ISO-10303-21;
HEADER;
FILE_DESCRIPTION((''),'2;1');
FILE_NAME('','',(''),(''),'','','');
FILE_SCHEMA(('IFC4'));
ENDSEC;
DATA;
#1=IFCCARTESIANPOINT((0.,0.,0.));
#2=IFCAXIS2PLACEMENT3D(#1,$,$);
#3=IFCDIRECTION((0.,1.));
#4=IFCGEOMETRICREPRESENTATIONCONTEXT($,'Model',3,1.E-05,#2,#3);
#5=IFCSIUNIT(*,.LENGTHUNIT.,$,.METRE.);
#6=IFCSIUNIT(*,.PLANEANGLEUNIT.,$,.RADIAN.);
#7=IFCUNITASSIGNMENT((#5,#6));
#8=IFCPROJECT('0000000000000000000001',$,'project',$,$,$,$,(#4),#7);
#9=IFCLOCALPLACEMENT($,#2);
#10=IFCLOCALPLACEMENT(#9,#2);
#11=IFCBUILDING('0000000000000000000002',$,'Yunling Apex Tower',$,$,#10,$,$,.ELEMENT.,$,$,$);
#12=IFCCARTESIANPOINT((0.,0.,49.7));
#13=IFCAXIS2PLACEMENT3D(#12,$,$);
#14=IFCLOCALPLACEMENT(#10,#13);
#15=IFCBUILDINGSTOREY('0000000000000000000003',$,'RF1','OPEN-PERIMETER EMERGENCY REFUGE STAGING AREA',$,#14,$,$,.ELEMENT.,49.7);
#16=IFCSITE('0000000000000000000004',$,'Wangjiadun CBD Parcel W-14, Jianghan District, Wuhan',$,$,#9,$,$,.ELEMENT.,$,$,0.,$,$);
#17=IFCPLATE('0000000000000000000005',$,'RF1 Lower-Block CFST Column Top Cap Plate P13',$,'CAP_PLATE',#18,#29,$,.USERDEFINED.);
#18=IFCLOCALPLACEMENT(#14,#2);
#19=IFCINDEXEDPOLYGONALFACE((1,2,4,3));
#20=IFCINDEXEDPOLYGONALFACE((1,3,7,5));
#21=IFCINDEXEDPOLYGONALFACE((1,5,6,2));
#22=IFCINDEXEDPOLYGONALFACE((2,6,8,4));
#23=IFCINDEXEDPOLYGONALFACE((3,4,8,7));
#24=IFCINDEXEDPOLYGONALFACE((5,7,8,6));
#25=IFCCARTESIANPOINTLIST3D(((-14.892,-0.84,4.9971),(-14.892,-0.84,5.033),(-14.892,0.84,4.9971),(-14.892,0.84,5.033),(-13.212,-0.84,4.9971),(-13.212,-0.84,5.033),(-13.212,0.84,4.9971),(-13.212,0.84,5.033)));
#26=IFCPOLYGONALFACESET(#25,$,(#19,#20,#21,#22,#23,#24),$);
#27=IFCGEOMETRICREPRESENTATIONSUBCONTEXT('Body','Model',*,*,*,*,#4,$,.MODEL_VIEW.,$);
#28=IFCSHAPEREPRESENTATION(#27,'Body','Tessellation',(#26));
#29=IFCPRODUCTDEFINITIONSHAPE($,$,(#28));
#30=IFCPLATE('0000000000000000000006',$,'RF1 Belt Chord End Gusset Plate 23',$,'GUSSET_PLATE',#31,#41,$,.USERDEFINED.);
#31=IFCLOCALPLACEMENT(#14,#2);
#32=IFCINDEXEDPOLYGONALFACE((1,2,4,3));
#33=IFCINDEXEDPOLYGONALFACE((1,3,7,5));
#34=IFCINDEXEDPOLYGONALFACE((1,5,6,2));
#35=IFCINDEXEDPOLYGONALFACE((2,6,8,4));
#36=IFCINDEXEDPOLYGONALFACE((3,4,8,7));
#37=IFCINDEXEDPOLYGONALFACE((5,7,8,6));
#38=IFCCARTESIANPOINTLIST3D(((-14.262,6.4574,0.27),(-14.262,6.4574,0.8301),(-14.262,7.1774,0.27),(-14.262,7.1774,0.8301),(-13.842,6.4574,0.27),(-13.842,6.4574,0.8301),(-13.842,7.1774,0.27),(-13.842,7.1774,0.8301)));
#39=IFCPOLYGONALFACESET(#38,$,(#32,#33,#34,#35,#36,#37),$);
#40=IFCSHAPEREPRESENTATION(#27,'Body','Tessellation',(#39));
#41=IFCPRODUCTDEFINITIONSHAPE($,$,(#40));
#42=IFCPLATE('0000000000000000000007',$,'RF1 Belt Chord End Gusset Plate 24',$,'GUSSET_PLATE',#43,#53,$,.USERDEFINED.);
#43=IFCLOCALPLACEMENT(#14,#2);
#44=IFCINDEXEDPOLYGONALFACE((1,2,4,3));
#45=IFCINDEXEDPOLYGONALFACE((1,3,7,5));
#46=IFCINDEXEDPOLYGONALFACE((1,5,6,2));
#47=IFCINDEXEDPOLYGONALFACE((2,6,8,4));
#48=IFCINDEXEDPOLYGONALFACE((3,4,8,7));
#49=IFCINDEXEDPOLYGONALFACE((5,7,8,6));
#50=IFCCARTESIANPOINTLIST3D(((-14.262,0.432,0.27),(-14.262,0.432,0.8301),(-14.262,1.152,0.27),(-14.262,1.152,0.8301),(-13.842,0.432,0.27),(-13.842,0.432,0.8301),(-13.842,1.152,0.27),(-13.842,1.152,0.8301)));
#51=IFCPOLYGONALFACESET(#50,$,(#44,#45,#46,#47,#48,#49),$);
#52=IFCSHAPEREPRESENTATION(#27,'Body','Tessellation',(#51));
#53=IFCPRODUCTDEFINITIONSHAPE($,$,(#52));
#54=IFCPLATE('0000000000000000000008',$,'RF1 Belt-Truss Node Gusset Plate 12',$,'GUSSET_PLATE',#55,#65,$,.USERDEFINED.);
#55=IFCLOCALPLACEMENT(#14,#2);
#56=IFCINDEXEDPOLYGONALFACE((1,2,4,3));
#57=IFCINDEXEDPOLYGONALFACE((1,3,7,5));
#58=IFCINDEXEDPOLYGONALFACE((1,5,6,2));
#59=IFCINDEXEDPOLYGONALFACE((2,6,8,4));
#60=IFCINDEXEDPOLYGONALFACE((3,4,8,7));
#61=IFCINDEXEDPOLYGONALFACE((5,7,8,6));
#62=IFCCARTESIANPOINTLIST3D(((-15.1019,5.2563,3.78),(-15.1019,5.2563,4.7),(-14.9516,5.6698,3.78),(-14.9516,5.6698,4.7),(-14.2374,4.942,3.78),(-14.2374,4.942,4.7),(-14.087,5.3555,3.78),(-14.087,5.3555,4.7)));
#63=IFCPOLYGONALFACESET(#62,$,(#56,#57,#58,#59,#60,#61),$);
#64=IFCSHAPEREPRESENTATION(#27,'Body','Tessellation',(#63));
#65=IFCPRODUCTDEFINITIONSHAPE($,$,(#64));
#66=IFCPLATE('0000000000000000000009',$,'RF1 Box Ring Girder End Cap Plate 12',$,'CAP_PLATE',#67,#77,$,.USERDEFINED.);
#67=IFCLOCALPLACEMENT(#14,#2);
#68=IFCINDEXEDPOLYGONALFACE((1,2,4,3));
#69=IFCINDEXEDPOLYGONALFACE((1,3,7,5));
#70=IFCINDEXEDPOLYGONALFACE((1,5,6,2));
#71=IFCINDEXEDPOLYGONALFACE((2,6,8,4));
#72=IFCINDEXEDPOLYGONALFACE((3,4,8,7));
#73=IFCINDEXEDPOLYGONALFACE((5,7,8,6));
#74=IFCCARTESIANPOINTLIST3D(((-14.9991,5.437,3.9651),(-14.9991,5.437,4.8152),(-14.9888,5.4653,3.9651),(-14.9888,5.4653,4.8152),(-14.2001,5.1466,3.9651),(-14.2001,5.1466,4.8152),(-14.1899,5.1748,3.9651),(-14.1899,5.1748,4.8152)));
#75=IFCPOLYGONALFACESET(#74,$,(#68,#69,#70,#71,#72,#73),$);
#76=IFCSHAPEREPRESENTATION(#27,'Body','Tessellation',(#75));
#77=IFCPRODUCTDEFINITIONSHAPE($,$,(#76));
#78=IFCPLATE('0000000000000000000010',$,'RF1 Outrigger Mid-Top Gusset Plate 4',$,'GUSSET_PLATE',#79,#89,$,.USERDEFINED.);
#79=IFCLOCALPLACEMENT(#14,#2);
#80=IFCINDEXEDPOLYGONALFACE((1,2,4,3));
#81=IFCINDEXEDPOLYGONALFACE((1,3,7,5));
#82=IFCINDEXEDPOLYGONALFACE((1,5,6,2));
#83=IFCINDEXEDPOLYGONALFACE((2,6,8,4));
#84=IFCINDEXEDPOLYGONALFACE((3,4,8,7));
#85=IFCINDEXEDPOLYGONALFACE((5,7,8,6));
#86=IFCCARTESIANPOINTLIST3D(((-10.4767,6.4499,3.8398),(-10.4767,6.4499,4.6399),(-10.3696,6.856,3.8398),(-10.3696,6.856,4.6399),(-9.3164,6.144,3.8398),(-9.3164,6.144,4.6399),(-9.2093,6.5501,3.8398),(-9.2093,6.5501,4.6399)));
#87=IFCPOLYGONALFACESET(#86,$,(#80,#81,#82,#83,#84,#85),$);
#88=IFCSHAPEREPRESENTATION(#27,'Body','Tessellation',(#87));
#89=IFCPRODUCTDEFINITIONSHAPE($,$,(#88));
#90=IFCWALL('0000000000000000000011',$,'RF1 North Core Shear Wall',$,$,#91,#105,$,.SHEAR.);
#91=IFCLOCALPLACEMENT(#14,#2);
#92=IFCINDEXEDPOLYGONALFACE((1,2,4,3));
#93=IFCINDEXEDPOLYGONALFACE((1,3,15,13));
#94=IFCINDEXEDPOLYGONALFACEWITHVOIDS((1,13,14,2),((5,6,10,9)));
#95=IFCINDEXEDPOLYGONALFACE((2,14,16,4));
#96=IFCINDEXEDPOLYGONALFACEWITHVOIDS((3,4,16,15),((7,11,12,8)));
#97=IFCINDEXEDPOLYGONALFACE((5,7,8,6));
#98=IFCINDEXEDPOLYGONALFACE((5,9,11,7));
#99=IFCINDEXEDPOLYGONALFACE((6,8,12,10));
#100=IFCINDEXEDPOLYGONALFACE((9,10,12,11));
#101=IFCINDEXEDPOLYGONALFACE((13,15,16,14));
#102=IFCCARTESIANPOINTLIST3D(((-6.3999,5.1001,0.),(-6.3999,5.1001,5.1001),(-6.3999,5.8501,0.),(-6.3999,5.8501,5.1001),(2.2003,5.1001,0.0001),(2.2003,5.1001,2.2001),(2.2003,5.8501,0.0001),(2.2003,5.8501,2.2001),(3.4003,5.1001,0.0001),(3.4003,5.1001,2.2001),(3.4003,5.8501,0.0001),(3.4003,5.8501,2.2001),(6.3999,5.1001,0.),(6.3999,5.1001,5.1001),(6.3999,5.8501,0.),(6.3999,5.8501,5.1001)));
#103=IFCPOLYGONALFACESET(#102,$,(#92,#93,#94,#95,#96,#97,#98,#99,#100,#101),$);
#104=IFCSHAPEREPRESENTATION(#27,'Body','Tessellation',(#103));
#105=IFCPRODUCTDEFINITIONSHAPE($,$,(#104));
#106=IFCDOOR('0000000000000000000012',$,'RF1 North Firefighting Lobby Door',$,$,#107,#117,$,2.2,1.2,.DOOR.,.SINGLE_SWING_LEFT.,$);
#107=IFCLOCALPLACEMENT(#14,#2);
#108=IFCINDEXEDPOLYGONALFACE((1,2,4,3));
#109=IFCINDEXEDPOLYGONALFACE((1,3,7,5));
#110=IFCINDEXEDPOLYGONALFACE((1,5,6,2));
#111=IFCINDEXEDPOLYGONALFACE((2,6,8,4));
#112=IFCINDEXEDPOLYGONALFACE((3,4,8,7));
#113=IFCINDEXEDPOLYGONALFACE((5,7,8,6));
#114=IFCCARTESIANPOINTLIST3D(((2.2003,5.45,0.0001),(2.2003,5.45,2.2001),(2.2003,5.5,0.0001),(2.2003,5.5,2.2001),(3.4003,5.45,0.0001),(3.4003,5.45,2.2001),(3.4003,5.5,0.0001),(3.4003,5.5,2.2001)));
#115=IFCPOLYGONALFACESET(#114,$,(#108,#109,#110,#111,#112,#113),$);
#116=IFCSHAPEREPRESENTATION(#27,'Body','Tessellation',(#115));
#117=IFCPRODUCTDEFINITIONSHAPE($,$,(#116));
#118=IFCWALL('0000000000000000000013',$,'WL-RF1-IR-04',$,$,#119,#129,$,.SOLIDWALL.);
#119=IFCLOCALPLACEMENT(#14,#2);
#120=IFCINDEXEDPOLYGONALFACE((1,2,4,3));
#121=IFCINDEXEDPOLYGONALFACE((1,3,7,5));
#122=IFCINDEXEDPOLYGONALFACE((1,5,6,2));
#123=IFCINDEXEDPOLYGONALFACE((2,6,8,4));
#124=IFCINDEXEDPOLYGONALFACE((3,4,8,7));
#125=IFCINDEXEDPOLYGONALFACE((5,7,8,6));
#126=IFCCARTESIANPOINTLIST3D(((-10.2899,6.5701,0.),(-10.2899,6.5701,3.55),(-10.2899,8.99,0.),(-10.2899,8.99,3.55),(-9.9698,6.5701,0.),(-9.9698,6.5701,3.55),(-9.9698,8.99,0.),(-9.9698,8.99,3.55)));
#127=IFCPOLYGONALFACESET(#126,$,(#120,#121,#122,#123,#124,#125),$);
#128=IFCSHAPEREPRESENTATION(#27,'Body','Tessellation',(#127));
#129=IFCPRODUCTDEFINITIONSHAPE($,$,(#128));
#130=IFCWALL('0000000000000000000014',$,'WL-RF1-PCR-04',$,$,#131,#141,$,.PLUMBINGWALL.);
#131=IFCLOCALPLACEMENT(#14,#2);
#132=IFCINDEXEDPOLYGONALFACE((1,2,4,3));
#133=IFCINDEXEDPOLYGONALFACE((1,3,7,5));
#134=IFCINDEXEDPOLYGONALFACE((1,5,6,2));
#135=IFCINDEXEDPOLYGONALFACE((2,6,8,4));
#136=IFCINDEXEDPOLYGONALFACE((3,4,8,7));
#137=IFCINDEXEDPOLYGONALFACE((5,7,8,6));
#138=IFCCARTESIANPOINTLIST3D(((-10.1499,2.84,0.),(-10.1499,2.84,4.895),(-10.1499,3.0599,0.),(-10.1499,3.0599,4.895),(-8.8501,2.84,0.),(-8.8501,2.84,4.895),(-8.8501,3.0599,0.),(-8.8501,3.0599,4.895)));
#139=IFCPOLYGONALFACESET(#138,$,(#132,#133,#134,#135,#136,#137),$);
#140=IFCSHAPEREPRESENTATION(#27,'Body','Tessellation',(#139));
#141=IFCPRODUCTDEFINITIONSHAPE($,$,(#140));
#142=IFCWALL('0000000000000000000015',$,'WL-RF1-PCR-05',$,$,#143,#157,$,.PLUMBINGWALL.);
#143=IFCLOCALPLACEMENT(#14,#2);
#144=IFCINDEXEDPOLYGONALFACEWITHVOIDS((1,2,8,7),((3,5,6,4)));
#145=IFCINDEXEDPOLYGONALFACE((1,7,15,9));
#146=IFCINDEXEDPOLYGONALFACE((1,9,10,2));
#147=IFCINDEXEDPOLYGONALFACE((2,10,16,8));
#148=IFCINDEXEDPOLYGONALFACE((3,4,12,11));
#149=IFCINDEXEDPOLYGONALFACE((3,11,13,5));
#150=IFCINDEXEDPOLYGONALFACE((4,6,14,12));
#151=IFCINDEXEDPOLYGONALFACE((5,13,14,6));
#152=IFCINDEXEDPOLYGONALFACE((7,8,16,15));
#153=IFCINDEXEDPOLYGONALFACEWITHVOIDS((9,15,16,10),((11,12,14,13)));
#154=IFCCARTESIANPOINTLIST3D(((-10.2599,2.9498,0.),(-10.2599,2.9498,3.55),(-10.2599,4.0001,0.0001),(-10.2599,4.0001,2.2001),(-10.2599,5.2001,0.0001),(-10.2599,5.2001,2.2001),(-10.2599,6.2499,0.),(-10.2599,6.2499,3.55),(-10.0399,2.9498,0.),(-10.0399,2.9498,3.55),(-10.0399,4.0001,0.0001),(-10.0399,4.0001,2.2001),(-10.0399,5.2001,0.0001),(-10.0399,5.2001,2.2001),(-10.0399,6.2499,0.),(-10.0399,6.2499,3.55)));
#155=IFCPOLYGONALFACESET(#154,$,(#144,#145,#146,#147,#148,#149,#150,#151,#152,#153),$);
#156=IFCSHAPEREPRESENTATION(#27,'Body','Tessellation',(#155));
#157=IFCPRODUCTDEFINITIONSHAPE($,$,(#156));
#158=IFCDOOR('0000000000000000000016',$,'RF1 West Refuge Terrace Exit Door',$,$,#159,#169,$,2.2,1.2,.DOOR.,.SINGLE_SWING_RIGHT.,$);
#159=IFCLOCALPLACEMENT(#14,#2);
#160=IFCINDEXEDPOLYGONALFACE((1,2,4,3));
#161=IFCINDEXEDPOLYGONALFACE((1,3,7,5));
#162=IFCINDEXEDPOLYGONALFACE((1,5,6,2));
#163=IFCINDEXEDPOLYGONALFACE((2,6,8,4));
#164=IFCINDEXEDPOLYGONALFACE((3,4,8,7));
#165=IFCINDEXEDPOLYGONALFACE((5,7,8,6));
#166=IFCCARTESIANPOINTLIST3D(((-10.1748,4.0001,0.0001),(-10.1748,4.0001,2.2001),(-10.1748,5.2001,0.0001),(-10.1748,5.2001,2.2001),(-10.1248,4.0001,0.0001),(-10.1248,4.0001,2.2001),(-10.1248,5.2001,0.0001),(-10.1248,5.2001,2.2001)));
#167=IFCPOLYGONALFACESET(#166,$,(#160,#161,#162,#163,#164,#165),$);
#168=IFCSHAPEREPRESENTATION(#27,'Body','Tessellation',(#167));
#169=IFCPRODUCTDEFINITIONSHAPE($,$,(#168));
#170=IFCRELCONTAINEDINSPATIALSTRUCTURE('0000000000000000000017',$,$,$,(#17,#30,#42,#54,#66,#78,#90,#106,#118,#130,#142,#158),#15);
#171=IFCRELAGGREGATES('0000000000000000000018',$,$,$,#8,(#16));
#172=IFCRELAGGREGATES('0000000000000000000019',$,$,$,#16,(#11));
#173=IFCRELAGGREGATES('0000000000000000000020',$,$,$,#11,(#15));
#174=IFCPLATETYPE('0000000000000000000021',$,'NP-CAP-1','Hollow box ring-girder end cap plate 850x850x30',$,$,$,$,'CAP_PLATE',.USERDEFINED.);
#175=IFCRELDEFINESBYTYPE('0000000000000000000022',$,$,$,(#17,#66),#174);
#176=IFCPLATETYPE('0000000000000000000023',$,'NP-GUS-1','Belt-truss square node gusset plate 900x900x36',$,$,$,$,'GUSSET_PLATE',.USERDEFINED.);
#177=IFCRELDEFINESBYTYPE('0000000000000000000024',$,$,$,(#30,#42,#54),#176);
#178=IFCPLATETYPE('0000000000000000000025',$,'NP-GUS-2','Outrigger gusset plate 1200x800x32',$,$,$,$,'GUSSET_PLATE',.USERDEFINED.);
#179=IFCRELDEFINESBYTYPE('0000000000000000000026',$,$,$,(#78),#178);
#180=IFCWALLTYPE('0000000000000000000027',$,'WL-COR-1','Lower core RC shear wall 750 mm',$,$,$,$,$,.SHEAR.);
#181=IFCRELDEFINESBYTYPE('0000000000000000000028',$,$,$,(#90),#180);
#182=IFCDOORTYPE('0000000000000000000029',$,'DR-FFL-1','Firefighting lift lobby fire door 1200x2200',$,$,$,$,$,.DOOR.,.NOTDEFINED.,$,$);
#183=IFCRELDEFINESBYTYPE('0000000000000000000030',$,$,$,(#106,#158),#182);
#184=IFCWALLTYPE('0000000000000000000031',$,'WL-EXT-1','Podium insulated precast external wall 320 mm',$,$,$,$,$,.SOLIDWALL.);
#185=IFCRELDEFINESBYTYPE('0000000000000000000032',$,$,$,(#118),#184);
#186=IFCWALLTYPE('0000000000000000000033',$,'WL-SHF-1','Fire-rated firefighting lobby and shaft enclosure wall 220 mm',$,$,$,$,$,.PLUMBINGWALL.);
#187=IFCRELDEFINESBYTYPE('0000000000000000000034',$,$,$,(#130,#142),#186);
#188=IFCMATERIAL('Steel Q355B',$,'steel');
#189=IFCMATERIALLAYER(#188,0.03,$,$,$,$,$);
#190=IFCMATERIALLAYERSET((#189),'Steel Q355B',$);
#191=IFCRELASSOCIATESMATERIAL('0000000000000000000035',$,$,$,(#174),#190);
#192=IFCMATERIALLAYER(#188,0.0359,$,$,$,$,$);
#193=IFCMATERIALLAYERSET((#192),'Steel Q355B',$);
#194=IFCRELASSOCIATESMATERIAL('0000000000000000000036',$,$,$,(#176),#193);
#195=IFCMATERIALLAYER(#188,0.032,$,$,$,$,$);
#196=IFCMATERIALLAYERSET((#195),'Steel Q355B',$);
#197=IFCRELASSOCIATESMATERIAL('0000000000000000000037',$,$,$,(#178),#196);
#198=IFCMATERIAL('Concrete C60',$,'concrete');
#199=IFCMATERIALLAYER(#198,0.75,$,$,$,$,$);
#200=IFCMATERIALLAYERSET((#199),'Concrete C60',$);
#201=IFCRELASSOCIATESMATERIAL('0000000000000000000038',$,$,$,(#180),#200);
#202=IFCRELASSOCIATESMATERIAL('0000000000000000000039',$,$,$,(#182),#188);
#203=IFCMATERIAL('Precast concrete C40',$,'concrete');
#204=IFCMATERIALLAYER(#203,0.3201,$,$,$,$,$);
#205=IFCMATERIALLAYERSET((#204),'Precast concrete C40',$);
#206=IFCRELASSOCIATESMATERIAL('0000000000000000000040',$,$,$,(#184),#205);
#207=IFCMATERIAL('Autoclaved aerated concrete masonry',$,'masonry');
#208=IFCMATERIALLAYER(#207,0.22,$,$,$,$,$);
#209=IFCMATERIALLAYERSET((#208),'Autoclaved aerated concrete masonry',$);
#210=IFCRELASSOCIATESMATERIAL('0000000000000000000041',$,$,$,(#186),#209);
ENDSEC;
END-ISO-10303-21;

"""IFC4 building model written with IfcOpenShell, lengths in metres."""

from ifc_helpers import new_model, si_unit, direction, frame, frame_2d, origin, origin_2d, place, context, subcontext, project, spatial, rectangle, extrude, source, transform, mapped, material, layer, layer_set, type_object, element, fill, save


model = new_model("IFC4")

# Units and contexts
model_context = context("Model", 3, precision=1e-05, world=origin(), true_north=direction((0.0, 1.0)))
body_context = subcontext(model_context, "Body", "Model", "MODEL_VIEW")
ifc_project = project(units=[si_unit("LENGTHUNIT", "METRE"), si_unit("PLANEANGLEUNIT", "RADIAN")], contexts=[model_context])

# Site, building, storey
site_placement = place(None, origin())
site = spatial("IfcSite", under=ifc_project, at=site_placement, Name="Wangjiadun CBD Parcel W-14, Jianghan District, Wuhan", CompositionType="ELEMENT", RefElevation=0.0)
building_placement = place(site_placement, origin())
building = spatial("IfcBuilding", under=site, at=building_placement, Name="Yunling Apex Tower", CompositionType="ELEMENT")
storey_placement = place(building_placement, frame((0.0, 0.0, 49.7)))
storey = spatial("IfcBuildingStorey", under=building, at=storey_placement, Name="RF1", Description="OPEN-PERIMETER EMERGENCY REFUGE STAGING AREA", CompositionType="ELEMENT", Elevation=49.7)

# Shared definitions
ifc_material_1 = material(Name="Steel Q355B", Category="steel")

# Plates
ifc_layer_1 = layer(ifc_material_1, 0.03)
ifc_layer_set_1 = layer_set([ifc_layer_1], Name="Steel Q355B")
plate_type_1 = type_object("IfcPlateType", Name="NP-CAP-1", Description="Hollow box ring-girder end cap plate 850x850x30", ElementType="CAP_PLATE", PredefinedType="USERDEFINED", material=ifc_layer_set_1)
shared_shape_1 = source(origin(), body_context, "Body", "SweptSolid", [
    extrude(rectangle(XDim=1.6799, YDim=1.6799, at=origin_2d()), origin(), (0.0, 0.0, 1.0), 0.0359),
])
plate_1_placement = place(storey_placement, frame((-14.052, 0.0, 4.9971), z_axis=(0.0, 0.0, 1.0), x_axis=(1.0, 0.0, 0.0)))
element("IfcPlate", 1, at=plate_1_placement, inside=storey, type_object=plate_type_1, Name="RF1 Lower-Block CFST Column Top Cap Plate P13", ObjectType="CAP_PLATE", PredefinedType="USERDEFINED", context=body_context, shape_type="MappedRepresentation", body=[
    mapped(shared_shape_1, transform((0.0, 0.0, 0.0), scale=1.0)),
])
ifc_layer_2 = layer(ifc_material_1, 0.0359)
ifc_layer_set_2 = layer_set([ifc_layer_2], Name="Steel Q355B")
plate_type_2 = type_object("IfcPlateType", Name="NP-GUS-1", Description="Belt-truss square node gusset plate 900x900x36", ElementType="GUSSET_PLATE", PredefinedType="USERDEFINED", material=ifc_layer_set_2)
shared_shape_2 = source(origin(), body_context, "Body", "SweptSolid", [
    extrude(rectangle(XDim=0.72, YDim=0.4199, at=origin_2d()), origin(), (0.0, 0.0, 1.0), 0.5601),
])
for number, where, z_axis, x_axis, name in (
    (2, (-14.052, 6.8174, 0.27), (0.0, 0.0, 1.0), (0.0, -1.0, 0.0), "RF1 Belt Chord End Gusset Plate 23"),
    (3, (-14.052, 0.792, 0.27), (0.0, 0.0, 1.0), (0.0, -1.0, 0.0), "RF1 Belt Chord End Gusset Plate 24"),
):
    element("IfcPlate", number, at=place(storey_placement, frame(where, z_axis=z_axis, x_axis=x_axis)), inside=storey, type_object=plate_type_2, Name=name, ObjectType="GUSSET_PLATE", PredefinedType="USERDEFINED", context=body_context, shape_type="MappedRepresentation", body=[
        mapped(shared_shape_2, transform((0.0, 0.0, 0.0), scale=1.0)),
    ])
shared_shape_3 = source(origin(), body_context, "Body", "SweptSolid", [
    extrude(rectangle(XDim=0.9199, YDim=0.4399, at=origin_2d()), origin(), (0.0, 0.0, 1.0), 0.9199),
])
plate_2_placement = place(storey_placement, frame((-14.5945, 5.3059, 3.78), z_axis=(0.0, 0.0, 1.0), x_axis=(-0.939812, 0.341692, 0.0)))
element("IfcPlate", 4, at=plate_2_placement, inside=storey, type_object=plate_type_2, Name="RF1 Belt-Truss Node Gusset Plate 12", ObjectType="GUSSET_PLATE", PredefinedType="USERDEFINED", context=body_context, shape_type="MappedRepresentation", body=[
    mapped(shared_shape_3, transform((0.0, 0.0, 0.0), scale=1.0)),
])
shared_shape_4 = source(origin(), body_context, "Body", "SweptSolid", [
    extrude(rectangle(XDim=0.8501, YDim=0.03, at=origin_2d()), origin(), (0.0, 0.0, 1.0), 0.8501),
])
plate_3_placement = place(storey_placement, frame((-14.5945, 5.3059, 3.9651), z_axis=(0.0, 0.0, 1.0), x_axis=(-0.939812, 0.341692, 0.0)))
element("IfcPlate", 5, at=plate_3_placement, inside=storey, type_object=plate_type_1, Name="RF1 Box Ring Girder End Cap Plate 12", ObjectType="CAP_PLATE", PredefinedType="USERDEFINED", context=body_context, shape_type="MappedRepresentation", body=[
    mapped(shared_shape_4, transform((0.0, 0.0, 0.0), scale=1.0)),
])
ifc_layer_3 = layer(ifc_material_1, 0.032)
ifc_layer_set_3 = layer_set([ifc_layer_3], Name="Steel Q355B")
plate_type_3 = type_object("IfcPlateType", Name="NP-GUS-2", Description="Outrigger gusset plate 1200x800x32", ElementType="GUSSET_PLATE", PredefinedType="USERDEFINED", material=ifc_layer_set_3)
shared_shape_5 = source(origin(), body_context, "Body", "SweptSolid", [
    extrude(rectangle(XDim=1.2, YDim=0.4199, at=origin_2d()), origin(), (0.0, 0.0, 1.0), 0.8),
])
plate_4_placement = place(storey_placement, frame((-9.843, 6.5, 3.8398), z_axis=(0.0, 0.0, 1.0), x_axis=(-0.966957, 0.254939, 0.0)))
element("IfcPlate", 6, at=plate_4_placement, inside=storey, type_object=plate_type_3, Name="RF1 Outrigger Mid-Top Gusset Plate 4", ObjectType="GUSSET_PLATE", PredefinedType="USERDEFINED", context=body_context, shape_type="MappedRepresentation", body=[
    mapped(shared_shape_5, transform((0.0, 0.0, 0.0), scale=1.0)),
])

# Wall, opening, door
ifc_material_2 = material(Name="Concrete C60", Category="concrete")
ifc_layer_4 = layer(ifc_material_2, 0.75)
ifc_layer_set_4 = layer_set([ifc_layer_4], Name="Concrete C60")
wall_type_1 = type_object("IfcWallType", Name="WL-COR-1", Description="Lower core RC shear wall 750 mm", PredefinedType="SHEAR", material=ifc_layer_set_4)
wall_1_placement = place(storey_placement, frame((-6.3999, 5.4751, 0.0), z_axis=(0.0, 0.0, 1.0), x_axis=(1.0, 0.0, 0.0)))
wall_1 = element("IfcWall", 7, at=wall_1_placement, inside=storey, type_object=wall_type_1, Name="RF1 North Core Shear Wall", PredefinedType="SHEAR", context=body_context, shape_type="SweptSolid", body=[
    extrude(rectangle(XDim=12.7998, YDim=0.75, at=frame_2d((6.3999, 0.0))), origin(), (0.0, 0.0, 1.0), 5.1001),
])
opening_1_placement = place(wall_1_placement, frame((8.6001, 0.0, 0.0)))
opening_1 = element("IfcOpeningElement", 8, at=opening_1_placement, cuts=wall_1, PredefinedType="OPENING", context=body_context, shape_type="SweptSolid", body=[
    extrude(rectangle(XDim=1.2, YDim=2.2, at=frame_2d((0.6001, 1.1001))), frame((0.0, 0.385, 0.0), z_axis=(0.0, -1.0, 0.0), x_axis=(1.0, 0.0, 0.0)), (0.0, 0.0, 1.0), 0.77),
])
door_type = type_object("IfcDoorType", Name="DR-FFL-1", Description="Firefighting lift lobby fire door 1200x2200", OperationType="NOTDEFINED", PredefinedType="DOOR", material=ifc_material_1)
door_1_placement = place(opening_1_placement, origin())
door_1 = element("IfcDoor", 9, at=door_1_placement, inside=storey, type_object=door_type, Name="RF1 North Firefighting Lobby Door", OperationType="SINGLE_SWING_LEFT", OverallHeight=2.2, OverallWidth=1.2, PredefinedType="DOOR", context=body_context, shape_type="SweptSolid", body=[
    extrude(rectangle(XDim=1.2, YDim=2.2, at=frame_2d((0.6001, 1.1001))), frame((0.0, 0.0249, 0.0), z_axis=(0.0, -1.0, 0.0), x_axis=(1.0, 0.0, 0.0)), (0.0, 0.0, 1.0), 0.05),
])
fill(opening_1, door_1)

# Walls
ifc_material_3 = material(Name="Precast concrete C40", Category="concrete")
ifc_layer_5 = layer(ifc_material_3, 0.3201)
ifc_layer_set_5 = layer_set([ifc_layer_5], Name="Precast concrete C40")
wall_type_2 = type_object("IfcWallType", Name="WL-EXT-1", Description="Podium insulated precast external wall 320 mm", PredefinedType="SOLIDWALL", material=ifc_layer_set_5)
wall_2_placement = place(storey_placement, frame((-10.1299, 6.5701, 0.0), z_axis=(0.0, 0.0, 1.0), x_axis=(0.0, 1.0, 0.0)))
element("IfcWall", 10, at=wall_2_placement, inside=storey, type_object=wall_type_2, Name="WL-RF1-IR-04", PredefinedType="SOLIDWALL", context=body_context, shape_type="SweptSolid", body=[
    extrude(rectangle(XDim=2.4199, YDim=0.3201, at=frame_2d((1.21, 0.0))), origin(), (0.0, 0.0, 1.0), 3.55),
])
ifc_material_4 = material(Name="Autoclaved aerated concrete masonry", Category="masonry")
ifc_layer_6 = layer(ifc_material_4, 0.22)
ifc_layer_set_6 = layer_set([ifc_layer_6], Name="Autoclaved aerated concrete masonry")
wall_type_3 = type_object("IfcWallType", Name="WL-SHF-1", Description="Fire-rated firefighting lobby and shaft enclosure wall 220 mm", PredefinedType="PLUMBINGWALL", material=ifc_layer_set_6)
wall_3_placement = place(storey_placement, frame((-8.8501, 2.95, 0.0), z_axis=(0.0, 0.0, 1.0), x_axis=(-1.0, 0.0, 0.0)))
element("IfcWall", 11, at=wall_3_placement, inside=storey, type_object=wall_type_3, Name="WL-RF1-PCR-04", PredefinedType="PLUMBINGWALL", context=body_context, shape_type="SweptSolid", body=[
    extrude(rectangle(XDim=1.2998, YDim=0.22, at=frame_2d((0.6499, 0.0))), origin(), (0.0, 0.0, 1.0), 4.895),
])

# Wall, opening, door
wall_4_placement = place(storey_placement, frame((-10.1499, 2.95, 0.0), z_axis=(0.0, 0.0, 1.0), x_axis=(0.0, 1.0, 0.0)))
wall_4 = element("IfcWall", 12, at=wall_4_placement, inside=storey, type_object=wall_type_3, Name="WL-RF1-PCR-05", PredefinedType="PLUMBINGWALL", context=body_context, shape_type="SweptSolid", body=[
    extrude(rectangle(XDim=3.3, YDim=0.22, at=frame_2d((1.6499, 0.0))), origin(), (0.0, 0.0, 1.0), 3.55),
])
opening_2_placement = place(wall_4_placement, frame((1.05, 0.0, 0.0)))
opening_2 = element("IfcOpeningElement", 13, at=opening_2_placement, cuts=wall_4, PredefinedType="OPENING", context=body_context, shape_type="SweptSolid", body=[
    extrude(rectangle(XDim=1.2, YDim=2.2, at=frame_2d((0.6001, 1.1001))), frame((0.0, 0.1201, 0.0), z_axis=(0.0, -1.0, 0.0), x_axis=(1.0, 0.0, 0.0)), (0.0, 0.0, 1.0), 0.24),
])
door_2_placement = place(opening_2_placement, origin())
door_2 = element("IfcDoor", 14, at=door_2_placement, inside=storey, type_object=door_type, Name="RF1 West Refuge Terrace Exit Door", OperationType="SINGLE_SWING_RIGHT", OverallHeight=2.2, OverallWidth=1.2, PredefinedType="DOOR", context=body_context, shape_type="SweptSolid", body=[
    extrude(rectangle(XDim=1.2, YDim=2.2, at=frame_2d((0.6001, 1.1001))), frame((0.0, 0.0249, 0.0), z_axis=(0.0, -1.0, 0.0), x_axis=(1.0, 0.0, 0.0)), (0.0, 0.0, 1.0), 0.05),
])
fill(opening_2, door_2)

save(model, "model.ifc")
